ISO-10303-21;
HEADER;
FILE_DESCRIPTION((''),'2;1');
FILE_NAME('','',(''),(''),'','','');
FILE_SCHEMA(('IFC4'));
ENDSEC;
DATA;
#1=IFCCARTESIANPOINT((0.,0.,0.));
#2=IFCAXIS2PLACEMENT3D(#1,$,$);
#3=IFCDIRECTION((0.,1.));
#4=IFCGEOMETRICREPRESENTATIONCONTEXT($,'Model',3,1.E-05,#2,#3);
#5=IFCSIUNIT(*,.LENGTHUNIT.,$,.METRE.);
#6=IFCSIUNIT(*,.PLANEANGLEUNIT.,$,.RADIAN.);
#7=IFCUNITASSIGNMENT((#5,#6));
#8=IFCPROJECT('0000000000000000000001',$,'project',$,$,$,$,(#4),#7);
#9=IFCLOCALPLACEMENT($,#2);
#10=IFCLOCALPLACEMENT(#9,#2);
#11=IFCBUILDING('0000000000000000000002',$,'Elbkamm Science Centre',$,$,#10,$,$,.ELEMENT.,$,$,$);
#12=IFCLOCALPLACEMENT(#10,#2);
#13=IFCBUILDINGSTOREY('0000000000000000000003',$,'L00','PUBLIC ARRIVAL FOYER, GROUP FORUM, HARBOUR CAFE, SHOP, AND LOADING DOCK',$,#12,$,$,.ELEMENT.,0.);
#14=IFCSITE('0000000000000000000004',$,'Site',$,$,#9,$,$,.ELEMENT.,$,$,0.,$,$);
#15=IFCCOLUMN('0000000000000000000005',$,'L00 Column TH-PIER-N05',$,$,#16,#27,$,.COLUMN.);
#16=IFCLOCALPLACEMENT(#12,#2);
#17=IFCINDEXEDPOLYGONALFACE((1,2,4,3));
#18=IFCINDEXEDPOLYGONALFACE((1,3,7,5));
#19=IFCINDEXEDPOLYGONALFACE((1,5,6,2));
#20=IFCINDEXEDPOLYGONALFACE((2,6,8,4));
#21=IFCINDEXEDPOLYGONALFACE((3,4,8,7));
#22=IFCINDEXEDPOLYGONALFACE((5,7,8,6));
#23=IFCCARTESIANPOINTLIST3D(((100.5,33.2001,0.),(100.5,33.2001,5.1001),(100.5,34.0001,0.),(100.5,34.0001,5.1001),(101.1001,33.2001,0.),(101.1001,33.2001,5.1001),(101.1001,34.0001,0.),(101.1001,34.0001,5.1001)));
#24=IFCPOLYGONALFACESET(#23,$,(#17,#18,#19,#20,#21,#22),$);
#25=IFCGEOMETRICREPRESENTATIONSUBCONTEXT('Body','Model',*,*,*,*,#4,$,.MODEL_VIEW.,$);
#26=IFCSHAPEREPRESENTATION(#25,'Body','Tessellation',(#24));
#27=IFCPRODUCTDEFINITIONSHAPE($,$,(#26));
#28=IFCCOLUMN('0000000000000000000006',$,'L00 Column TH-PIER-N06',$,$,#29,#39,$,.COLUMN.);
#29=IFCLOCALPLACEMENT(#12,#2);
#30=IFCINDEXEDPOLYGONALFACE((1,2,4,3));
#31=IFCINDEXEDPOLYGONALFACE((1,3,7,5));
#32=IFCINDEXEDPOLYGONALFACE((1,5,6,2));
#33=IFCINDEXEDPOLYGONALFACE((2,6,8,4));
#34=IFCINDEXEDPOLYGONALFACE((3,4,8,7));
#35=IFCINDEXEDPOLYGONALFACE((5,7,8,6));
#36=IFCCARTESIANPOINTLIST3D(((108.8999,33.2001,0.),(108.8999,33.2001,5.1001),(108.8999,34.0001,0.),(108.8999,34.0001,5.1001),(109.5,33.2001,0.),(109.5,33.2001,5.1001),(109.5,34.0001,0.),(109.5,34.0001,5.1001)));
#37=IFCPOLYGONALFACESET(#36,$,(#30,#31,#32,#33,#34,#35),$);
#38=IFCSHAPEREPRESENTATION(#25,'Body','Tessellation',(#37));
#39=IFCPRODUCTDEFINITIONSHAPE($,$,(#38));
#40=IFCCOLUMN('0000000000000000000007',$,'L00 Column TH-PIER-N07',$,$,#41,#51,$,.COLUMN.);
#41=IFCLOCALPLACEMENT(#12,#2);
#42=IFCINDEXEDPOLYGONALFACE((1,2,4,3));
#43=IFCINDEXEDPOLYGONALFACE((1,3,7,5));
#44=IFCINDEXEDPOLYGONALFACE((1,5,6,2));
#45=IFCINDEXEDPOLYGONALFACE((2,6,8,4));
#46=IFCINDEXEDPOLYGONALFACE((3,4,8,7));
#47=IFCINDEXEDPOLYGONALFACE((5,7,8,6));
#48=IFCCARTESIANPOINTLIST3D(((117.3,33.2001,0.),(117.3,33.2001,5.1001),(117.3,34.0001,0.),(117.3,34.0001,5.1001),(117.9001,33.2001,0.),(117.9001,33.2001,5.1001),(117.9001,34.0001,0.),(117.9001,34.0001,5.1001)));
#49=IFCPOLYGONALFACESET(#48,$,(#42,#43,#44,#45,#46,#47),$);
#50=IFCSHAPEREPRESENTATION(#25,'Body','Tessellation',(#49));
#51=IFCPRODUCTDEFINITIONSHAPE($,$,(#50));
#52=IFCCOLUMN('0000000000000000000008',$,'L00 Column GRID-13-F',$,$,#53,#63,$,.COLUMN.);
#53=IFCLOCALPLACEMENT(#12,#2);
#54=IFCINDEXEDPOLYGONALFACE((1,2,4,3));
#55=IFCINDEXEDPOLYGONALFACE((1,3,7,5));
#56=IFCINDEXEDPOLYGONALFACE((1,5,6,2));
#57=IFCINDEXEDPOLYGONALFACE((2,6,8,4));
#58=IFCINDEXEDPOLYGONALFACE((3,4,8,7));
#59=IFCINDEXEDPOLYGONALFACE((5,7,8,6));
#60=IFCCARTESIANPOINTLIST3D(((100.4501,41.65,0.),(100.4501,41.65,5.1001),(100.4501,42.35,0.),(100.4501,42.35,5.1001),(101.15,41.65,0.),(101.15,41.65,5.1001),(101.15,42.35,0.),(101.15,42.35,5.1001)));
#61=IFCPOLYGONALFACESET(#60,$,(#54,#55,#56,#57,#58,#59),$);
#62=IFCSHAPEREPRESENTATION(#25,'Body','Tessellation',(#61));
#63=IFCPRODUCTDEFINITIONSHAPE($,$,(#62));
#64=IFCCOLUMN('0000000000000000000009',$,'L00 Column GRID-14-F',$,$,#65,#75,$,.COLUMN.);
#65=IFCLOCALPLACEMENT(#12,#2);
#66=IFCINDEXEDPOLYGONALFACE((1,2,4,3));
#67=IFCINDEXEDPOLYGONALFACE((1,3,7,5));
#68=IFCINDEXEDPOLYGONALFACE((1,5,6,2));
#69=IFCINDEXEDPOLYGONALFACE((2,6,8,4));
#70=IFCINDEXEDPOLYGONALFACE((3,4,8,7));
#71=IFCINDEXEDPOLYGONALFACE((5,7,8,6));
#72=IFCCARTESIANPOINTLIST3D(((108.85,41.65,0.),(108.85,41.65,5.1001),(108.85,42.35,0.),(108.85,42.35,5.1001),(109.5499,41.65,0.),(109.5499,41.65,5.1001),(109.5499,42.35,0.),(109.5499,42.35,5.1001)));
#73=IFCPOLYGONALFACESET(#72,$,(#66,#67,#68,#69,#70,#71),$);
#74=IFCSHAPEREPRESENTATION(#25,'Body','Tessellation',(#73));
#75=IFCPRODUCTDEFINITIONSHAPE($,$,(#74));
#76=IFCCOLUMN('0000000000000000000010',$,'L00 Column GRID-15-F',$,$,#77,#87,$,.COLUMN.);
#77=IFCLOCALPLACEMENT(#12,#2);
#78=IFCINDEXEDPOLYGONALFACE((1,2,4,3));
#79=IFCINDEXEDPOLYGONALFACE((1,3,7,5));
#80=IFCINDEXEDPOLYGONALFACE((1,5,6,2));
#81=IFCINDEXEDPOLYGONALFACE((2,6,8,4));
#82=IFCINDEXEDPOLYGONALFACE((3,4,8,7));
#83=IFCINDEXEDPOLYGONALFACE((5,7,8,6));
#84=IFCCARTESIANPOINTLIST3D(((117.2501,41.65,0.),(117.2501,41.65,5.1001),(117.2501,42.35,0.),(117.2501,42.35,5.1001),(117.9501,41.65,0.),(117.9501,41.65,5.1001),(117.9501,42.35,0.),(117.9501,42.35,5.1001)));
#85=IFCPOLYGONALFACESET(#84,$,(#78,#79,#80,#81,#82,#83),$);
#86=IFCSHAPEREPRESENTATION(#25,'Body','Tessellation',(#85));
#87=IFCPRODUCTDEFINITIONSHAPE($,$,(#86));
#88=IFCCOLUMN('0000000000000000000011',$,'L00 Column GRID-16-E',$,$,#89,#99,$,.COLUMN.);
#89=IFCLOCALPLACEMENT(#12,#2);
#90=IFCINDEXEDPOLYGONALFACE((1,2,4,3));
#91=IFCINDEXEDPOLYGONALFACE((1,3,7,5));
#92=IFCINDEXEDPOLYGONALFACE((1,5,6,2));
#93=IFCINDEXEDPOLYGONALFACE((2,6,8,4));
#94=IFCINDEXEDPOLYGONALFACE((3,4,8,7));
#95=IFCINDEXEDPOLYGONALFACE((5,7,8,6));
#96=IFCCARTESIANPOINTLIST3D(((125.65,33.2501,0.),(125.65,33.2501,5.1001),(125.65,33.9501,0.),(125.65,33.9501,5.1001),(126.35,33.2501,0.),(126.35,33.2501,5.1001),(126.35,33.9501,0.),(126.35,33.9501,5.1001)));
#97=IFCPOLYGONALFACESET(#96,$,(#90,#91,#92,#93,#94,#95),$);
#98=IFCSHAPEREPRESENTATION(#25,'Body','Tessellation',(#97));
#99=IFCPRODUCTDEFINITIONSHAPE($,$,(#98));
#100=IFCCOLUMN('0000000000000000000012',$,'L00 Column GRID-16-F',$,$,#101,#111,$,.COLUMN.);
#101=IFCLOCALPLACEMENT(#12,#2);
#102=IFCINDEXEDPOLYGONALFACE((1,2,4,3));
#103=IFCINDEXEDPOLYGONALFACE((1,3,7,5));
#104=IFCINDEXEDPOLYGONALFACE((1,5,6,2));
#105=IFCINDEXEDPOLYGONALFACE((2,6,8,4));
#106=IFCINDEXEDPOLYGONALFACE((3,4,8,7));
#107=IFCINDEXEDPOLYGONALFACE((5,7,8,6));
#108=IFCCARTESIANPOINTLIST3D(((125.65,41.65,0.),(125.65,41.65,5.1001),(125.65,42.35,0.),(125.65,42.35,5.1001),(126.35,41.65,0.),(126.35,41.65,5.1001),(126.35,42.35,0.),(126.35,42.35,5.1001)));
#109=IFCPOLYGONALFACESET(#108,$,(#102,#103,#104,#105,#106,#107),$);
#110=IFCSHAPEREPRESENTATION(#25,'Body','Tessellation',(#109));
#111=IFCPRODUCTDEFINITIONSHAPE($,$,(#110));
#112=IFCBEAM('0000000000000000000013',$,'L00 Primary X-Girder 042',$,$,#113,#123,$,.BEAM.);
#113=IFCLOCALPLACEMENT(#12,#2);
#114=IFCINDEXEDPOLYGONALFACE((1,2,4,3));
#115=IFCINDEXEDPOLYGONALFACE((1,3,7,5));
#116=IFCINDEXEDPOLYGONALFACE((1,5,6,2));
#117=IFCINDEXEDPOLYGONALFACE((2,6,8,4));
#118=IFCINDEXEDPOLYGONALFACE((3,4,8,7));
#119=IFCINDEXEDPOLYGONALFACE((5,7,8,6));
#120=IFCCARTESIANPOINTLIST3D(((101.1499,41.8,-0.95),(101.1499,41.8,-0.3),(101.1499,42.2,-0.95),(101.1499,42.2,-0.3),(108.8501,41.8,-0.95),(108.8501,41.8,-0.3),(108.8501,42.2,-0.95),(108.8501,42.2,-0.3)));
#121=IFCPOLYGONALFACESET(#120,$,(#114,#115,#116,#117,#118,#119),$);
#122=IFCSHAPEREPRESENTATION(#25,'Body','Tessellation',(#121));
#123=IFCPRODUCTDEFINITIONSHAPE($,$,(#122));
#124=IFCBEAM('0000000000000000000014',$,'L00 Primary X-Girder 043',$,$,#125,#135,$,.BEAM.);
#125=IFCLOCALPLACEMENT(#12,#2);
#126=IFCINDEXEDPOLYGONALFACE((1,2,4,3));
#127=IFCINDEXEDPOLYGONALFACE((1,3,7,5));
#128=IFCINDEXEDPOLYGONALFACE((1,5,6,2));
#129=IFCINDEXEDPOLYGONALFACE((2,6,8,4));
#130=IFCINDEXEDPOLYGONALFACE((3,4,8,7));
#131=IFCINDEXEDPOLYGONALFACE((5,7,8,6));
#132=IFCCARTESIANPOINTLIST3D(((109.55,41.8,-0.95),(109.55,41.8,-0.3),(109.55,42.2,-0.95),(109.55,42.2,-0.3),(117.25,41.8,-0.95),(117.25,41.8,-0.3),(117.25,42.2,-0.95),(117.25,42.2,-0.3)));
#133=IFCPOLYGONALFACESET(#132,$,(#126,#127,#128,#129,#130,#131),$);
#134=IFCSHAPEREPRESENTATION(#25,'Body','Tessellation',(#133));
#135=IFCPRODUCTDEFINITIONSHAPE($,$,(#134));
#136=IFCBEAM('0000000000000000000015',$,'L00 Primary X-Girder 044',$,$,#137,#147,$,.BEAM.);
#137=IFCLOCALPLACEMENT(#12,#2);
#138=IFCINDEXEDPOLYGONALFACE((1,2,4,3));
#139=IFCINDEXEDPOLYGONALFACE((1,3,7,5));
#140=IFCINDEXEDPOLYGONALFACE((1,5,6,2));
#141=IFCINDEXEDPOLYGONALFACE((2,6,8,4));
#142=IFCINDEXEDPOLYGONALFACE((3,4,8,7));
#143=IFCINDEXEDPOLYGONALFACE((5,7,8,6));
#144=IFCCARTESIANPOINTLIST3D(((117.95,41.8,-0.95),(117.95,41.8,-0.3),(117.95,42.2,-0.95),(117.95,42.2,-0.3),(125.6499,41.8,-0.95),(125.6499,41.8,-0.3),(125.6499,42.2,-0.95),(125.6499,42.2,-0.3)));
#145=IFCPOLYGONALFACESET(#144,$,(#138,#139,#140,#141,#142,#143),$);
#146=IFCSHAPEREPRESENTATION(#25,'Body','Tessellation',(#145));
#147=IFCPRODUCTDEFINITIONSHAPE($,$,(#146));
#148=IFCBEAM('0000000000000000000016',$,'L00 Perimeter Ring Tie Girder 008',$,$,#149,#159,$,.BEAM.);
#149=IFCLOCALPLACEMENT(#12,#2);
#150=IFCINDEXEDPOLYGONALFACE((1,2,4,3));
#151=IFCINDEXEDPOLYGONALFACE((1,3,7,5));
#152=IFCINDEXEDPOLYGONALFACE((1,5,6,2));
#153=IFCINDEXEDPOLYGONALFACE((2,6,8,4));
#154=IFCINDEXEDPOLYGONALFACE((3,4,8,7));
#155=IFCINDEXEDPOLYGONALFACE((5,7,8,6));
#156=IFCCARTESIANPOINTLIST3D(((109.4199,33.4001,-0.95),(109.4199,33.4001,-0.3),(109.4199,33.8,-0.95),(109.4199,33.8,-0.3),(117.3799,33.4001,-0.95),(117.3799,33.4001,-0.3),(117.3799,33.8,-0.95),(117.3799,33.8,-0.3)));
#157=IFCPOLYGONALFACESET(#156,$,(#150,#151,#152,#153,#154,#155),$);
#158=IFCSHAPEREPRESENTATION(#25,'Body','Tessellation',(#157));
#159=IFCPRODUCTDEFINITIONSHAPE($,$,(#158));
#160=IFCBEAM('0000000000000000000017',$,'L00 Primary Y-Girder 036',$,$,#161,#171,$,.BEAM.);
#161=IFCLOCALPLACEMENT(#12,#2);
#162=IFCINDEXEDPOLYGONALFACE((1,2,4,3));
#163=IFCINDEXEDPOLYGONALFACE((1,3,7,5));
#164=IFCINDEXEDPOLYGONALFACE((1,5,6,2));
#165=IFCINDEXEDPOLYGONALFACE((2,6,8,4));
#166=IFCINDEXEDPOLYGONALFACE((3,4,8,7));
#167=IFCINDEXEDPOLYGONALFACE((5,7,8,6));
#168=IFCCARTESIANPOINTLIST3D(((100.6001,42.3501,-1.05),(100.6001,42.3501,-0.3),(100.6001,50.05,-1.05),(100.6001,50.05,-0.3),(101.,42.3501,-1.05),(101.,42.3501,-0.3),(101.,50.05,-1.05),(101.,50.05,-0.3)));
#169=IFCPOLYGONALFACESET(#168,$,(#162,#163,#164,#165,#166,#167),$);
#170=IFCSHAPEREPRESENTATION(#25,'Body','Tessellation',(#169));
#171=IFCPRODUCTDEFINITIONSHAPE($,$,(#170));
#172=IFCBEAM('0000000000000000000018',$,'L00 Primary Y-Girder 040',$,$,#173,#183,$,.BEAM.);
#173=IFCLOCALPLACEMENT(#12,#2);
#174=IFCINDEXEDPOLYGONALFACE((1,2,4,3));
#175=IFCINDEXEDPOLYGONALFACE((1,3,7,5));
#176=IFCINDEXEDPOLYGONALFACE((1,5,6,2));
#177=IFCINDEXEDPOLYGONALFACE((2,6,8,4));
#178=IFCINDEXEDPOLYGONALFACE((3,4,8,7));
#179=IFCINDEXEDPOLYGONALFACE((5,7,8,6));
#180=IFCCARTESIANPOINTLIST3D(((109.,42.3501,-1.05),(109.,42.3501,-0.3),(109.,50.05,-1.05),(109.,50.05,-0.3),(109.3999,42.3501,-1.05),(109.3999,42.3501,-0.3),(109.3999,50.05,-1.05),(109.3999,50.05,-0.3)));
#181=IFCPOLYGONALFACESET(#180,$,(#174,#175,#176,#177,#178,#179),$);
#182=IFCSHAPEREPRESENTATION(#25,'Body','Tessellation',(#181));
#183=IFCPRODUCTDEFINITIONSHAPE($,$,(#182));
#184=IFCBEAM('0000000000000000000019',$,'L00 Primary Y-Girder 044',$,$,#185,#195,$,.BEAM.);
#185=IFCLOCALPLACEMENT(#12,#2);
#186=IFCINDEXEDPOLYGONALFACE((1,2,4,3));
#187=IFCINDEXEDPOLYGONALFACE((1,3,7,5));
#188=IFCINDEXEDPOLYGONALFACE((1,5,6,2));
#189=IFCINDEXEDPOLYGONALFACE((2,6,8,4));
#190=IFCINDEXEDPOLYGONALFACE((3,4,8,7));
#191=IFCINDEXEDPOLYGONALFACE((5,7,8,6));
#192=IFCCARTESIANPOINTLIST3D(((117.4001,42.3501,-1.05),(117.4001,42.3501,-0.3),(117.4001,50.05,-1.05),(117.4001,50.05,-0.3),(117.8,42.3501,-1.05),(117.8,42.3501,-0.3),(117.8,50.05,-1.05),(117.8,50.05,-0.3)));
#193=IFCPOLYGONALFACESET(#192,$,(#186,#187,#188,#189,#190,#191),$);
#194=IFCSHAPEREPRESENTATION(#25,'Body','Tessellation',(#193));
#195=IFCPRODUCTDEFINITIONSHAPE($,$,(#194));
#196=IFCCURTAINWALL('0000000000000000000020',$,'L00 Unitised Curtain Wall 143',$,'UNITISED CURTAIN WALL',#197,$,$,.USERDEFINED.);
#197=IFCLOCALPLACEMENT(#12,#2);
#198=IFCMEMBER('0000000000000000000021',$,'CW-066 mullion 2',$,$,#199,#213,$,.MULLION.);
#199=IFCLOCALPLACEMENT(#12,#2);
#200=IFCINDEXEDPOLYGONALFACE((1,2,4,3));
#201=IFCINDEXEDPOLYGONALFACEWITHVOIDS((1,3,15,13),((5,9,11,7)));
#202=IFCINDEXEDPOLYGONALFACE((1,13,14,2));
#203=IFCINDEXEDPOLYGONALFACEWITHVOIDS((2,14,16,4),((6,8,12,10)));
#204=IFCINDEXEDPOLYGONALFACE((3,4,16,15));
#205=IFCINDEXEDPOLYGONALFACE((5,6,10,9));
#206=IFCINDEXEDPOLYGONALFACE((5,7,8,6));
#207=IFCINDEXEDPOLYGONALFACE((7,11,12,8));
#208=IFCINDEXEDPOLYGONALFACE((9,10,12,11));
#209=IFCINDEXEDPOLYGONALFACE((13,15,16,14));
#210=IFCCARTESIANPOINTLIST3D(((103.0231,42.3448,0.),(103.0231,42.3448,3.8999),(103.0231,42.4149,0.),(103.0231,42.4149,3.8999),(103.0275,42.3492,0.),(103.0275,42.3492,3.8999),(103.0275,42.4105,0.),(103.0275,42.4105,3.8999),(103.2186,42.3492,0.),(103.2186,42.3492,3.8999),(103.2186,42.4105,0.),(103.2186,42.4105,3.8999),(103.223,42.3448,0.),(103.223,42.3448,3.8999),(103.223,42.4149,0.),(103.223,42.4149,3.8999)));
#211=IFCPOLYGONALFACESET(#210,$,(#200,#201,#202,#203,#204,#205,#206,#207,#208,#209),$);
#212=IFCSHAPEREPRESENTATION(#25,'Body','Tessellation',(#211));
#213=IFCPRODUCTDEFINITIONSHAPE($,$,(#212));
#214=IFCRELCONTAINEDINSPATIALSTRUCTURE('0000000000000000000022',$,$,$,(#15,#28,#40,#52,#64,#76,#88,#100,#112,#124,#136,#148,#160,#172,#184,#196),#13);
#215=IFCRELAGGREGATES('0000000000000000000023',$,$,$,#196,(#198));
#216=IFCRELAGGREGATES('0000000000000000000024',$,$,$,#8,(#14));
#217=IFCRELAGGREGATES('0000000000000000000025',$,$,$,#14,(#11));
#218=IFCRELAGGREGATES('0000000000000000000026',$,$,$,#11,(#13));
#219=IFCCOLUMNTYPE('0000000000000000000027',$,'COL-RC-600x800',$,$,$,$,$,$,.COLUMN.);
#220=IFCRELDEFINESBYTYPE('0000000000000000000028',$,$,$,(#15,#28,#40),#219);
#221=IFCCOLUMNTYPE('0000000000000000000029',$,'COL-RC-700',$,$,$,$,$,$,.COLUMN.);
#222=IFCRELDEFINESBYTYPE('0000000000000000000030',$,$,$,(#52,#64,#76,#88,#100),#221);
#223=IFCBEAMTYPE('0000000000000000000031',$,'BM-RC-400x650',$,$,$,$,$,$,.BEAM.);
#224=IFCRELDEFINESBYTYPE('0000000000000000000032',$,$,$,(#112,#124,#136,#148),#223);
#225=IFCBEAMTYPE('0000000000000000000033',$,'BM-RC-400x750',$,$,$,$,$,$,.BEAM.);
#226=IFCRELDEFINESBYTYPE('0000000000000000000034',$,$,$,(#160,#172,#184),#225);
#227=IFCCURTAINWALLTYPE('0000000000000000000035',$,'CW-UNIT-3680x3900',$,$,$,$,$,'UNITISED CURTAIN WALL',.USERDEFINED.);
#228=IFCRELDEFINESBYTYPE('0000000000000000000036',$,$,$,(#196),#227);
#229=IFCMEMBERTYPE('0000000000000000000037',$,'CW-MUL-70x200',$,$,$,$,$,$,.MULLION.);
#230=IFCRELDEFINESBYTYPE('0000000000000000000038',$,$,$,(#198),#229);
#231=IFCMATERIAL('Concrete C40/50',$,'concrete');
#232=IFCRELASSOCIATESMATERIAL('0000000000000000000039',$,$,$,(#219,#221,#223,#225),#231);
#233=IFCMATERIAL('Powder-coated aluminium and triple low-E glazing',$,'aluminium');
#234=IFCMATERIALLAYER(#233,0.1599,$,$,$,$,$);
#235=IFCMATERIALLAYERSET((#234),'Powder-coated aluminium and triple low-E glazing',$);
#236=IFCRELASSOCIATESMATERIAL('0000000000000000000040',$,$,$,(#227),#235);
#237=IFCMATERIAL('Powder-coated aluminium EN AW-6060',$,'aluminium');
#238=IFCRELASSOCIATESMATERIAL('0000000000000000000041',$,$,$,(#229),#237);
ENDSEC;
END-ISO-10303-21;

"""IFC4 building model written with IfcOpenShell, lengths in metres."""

from ifc_helpers import new_model, si_unit, direction, frame, origin, origin_2d, place, context, subcontext, project, spatial, rectangle, hollow_rectangle, extrude, material, layer, layer_set, material_profile, profile_set, type_object, element, aggregate, save


model = new_model("IFC4")

# Units and contexts
model_context = context("Model", 3, precision=1e-05, world=origin(), true_north=direction((0.0, 1.0)))
body_context = subcontext(model_context, "Body", "Model", "MODEL_VIEW")
ifc_project = project(units=[si_unit("LENGTHUNIT", "METRE"), si_unit("PLANEANGLEUNIT", "RADIAN")], contexts=[model_context])

# Site, building, storey
site_placement = place(None, origin())
site = spatial("IfcSite", under=ifc_project, at=site_placement, Name="Site", CompositionType="ELEMENT", RefElevation=0.0)
building_placement = place(site_placement, origin())
building = spatial("IfcBuilding", under=site, at=building_placement, Name="Elbkamm Science Centre", CompositionType="ELEMENT")
storey_placement = place(building_placement, origin())
storey = spatial("IfcBuildingStorey", under=building, at=storey_placement, Name="L00", Description="PUBLIC ARRIVAL FOYER, GROUP FORUM, HARBOUR CAFE, SHOP, AND LOADING DOCK", CompositionType="ELEMENT", Elevation=0.0)

# Columns
ifc_material_1 = material(Name="Concrete C40/50", Category="concrete")
ifc_material_profile_1 = material_profile(ifc_material_1, rectangle(XDim=0.6001, YDim=0.8, at=origin_2d()), Name="RC 600x800")
ifc_profile_set_1 = profile_set([ifc_material_profile_1], Name="Concrete C40/50")
column_type_1 = type_object("IfcColumnType", Name="COL-RC-600x800", PredefinedType="COLUMN", material=ifc_profile_set_1)
for number, where, z_axis, x_axis, name in (
    (1, (100.8, 33.6001, 0.0), (0.0, 0.0, 1.0), (1.0, 0.0, 0.0), "L00 Column TH-PIER-N05"),
    (2, (109.2, 33.6001, 0.0), (0.0, 0.0, 1.0), (1.0, 0.0, 0.0), "L00 Column TH-PIER-N06"),
    (3, (117.6001, 33.6001, 0.0), (0.0, 0.0, 1.0), (1.0, 0.0, 0.0), "L00 Column TH-PIER-N07"),
):
    element("IfcColumn", number, at=place(storey_placement, frame(where, z_axis=z_axis, x_axis=x_axis)), inside=storey, type_object=column_type_1, Name=name, PredefinedType="COLUMN", context=body_context, shape_type="SweptSolid", body=[
        extrude(rectangle(XDim=0.6001, YDim=0.8, at=origin_2d()), origin(), (0.0, 0.0, 1.0), 5.1001),
    ])
ifc_material_profile_2 = material_profile(ifc_material_1, rectangle(XDim=0.7, YDim=0.7, at=origin_2d()), Name="RC 700x700")
ifc_profile_set_2 = profile_set([ifc_material_profile_2], Name="Concrete C40/50")
column_type_2 = type_object("IfcColumnType", Name="COL-RC-700", PredefinedType="COLUMN", material=ifc_profile_set_2)
for number, where, z_axis, x_axis, name in (
    (4, (100.8, 42.0, 0.0), (0.0, 0.0, 1.0), (1.0, 0.0, 0.0), "L00 Column GRID-13-F"),
    (5, (109.2, 42.0, 0.0), (0.0, 0.0, 1.0), (1.0, 0.0, 0.0), "L00 Column GRID-14-F"),
    (6, (117.6001, 42.0, 0.0), (0.0, 0.0, 1.0), (1.0, 0.0, 0.0), "L00 Column GRID-15-F"),
    (7, (126.0, 33.6001, 0.0), (0.0, 0.0, 1.0), (1.0, 0.0, 0.0), "L00 Column GRID-16-E"),
    (8, (126.0, 42.0, 0.0), (0.0, 0.0, 1.0), (1.0, 0.0, 0.0), "L00 Column GRID-16-F"),
):
    element("IfcColumn", number, at=place(storey_placement, frame(where, z_axis=z_axis, x_axis=x_axis)), inside=storey, type_object=column_type_2, Name=name, PredefinedType="COLUMN", context=body_context, shape_type="SweptSolid", body=[
        extrude(rectangle(XDim=0.7, YDim=0.7, at=origin_2d()), origin(), (0.0, 0.0, 1.0), 5.1001),
    ])

# Beams
ifc_material_profile_3 = material_profile(ifc_material_1, rectangle(XDim=0.3999, YDim=0.6499, at=origin_2d()), Name="RC 400x650")
ifc_profile_set_3 = profile_set([ifc_material_profile_3], Name="Concrete C40/50")
beam_type_1 = type_object("IfcBeamType", Name="BM-RC-400x650", PredefinedType="BEAM", material=ifc_profile_set_3)
beam_1_placement = place(storey_placement, frame((101.1499, 42.0, -0.625), z_axis=(1.0, 0.0, 0.0), x_axis=(0.0, 1.0, 0.0)))
element("IfcBeam", 9, at=beam_1_placement, inside=storey, type_object=beam_type_1, Name="L00 Primary X-Girder 042", PredefinedType="BEAM", context=body_context, shape_type="SweptSolid", body=[
    extrude(rectangle(XDim=0.3999, YDim=0.6499, at=origin_2d()), origin(), (0.0, 0.0, 1.0), 7.7002),
])
for number, where, z_axis, x_axis, name in (
    (10, (109.55, 42.0, -0.625), (1.0, 0.0, 0.0), (0.0, 1.0, 0.0), "L00 Primary X-Girder 043"),
    (11, (117.95, 42.0, -0.625), (1.0, 0.0, 0.0), (0.0, 1.0, 0.0), "L00 Primary X-Girder 044"),
):
    element("IfcBeam", number, at=place(storey_placement, frame(where, z_axis=z_axis, x_axis=x_axis)), inside=storey, type_object=beam_type_1, Name=name, PredefinedType="BEAM", context=body_context, shape_type="SweptSolid", body=[
        extrude(rectangle(XDim=0.3999, YDim=0.6499, at=origin_2d()), origin(), (0.0, 0.0, 1.0), 7.7),
    ])
beam_2_placement = place(storey_placement, frame((109.4199, 33.6001, -0.625), z_axis=(1.0, 0.0, 0.0), x_axis=(0.0, 1.0, 0.0)))
element("IfcBeam", 12, at=beam_2_placement, inside=storey, type_object=beam_type_1, Name="L00 Perimeter Ring Tie Girder 008", PredefinedType="BEAM", context=body_context, shape_type="SweptSolid", body=[
    extrude(rectangle(XDim=0.3999, YDim=0.6499, at=origin_2d()), origin(), (0.0, 0.0, 1.0), 7.96),
])
ifc_material_profile_4 = material_profile(ifc_material_1, rectangle(XDim=0.3999, YDim=0.75, at=origin_2d()), Name="RC 400x750")
ifc_profile_set_4 = profile_set([ifc_material_profile_4], Name="Concrete C40/50")
beam_type_2 = type_object("IfcBeamType", Name="BM-RC-400x750", PredefinedType="BEAM", material=ifc_profile_set_4)
for number, where, z_axis, x_axis, name in (
    (13, (100.8, 42.3501, -0.675), (0.0, 1.0, 0.0), (-1.0, 0.0, 0.0), "L00 Primary Y-Girder 036"),
    (14, (109.2, 42.3501, -0.675), (0.0, 1.0, 0.0), (-1.0, 0.0, 0.0), "L00 Primary Y-Girder 040"),
    (15, (117.6001, 42.3501, -0.675), (0.0, 1.0, 0.0), (-1.0, 0.0, 0.0), "L00 Primary Y-Girder 044"),
):
    element("IfcBeam", number, at=place(storey_placement, frame(where, z_axis=z_axis, x_axis=x_axis)), inside=storey, type_object=beam_type_2, Name=name, PredefinedType="BEAM", context=body_context, shape_type="SweptSolid", body=[
        extrude(rectangle(XDim=0.3999, YDim=0.75, at=origin_2d()), origin(), (0.0, 0.0, 1.0), 7.7),
    ])

# Curtain wall, member
ifc_material_2 = material(Name="Powder-coated aluminium and triple low-E glazing", Category="aluminium")
ifc_layer_1 = layer(ifc_material_2, 0.1599)
ifc_layer_set_1 = layer_set([ifc_layer_1], Name="Powder-coated aluminium and triple low-E glazing")
curtain_wall_type = type_object("IfcCurtainWallType", Name="CW-UNIT-3680x3900", ElementType="UNITISED CURTAIN WALL", PredefinedType="USERDEFINED", material=ifc_layer_set_1)
curtain_wall_placement = place(storey_placement, origin())
curtain_wall = element("IfcCurtainWall", 16, at=curtain_wall_placement, inside=storey, type_object=curtain_wall_type, Name="L00 Unitised Curtain Wall 143", ObjectType="UNITISED CURTAIN WALL", PredefinedType="USERDEFINED")
ifc_material_3 = material(Name="Powder-coated aluminium EN AW-6060", Category="aluminium")
ifc_material_profile_5 = material_profile(ifc_material_3, hollow_rectangle(XDim=0.0701, YDim=0.2, WallThickness=0.0044, at=origin_2d()), Name="ALU M70x200")
ifc_profile_set_5 = profile_set([ifc_material_profile_5], Name="Powder-coated aluminium EN AW-6060")
member_type_1 = type_object("IfcMemberType", Name="CW-MUL-70x200", PredefinedType="MULLION", material=ifc_profile_set_5)
member_1_placement = place(storey_placement, frame((103.123, 42.3799, 0.0), z_axis=(0.0, 0.0, 1.0), x_axis=(0.0, -1.0, 0.0)))
member_1 = element("IfcMember", 17, at=member_1_placement, type_object=member_type_1, Name="CW-066 mullion 2", PredefinedType="MULLION", context=body_context, shape_type="SweptSolid", body=[
    extrude(hollow_rectangle(XDim=0.0701, YDim=0.2, WallThickness=0.0044, at=origin_2d()), origin(), (0.0, 0.0, 1.0), 3.8999),
])
aggregate(curtain_wall, [member_1])

save(model, "model.ifc")
